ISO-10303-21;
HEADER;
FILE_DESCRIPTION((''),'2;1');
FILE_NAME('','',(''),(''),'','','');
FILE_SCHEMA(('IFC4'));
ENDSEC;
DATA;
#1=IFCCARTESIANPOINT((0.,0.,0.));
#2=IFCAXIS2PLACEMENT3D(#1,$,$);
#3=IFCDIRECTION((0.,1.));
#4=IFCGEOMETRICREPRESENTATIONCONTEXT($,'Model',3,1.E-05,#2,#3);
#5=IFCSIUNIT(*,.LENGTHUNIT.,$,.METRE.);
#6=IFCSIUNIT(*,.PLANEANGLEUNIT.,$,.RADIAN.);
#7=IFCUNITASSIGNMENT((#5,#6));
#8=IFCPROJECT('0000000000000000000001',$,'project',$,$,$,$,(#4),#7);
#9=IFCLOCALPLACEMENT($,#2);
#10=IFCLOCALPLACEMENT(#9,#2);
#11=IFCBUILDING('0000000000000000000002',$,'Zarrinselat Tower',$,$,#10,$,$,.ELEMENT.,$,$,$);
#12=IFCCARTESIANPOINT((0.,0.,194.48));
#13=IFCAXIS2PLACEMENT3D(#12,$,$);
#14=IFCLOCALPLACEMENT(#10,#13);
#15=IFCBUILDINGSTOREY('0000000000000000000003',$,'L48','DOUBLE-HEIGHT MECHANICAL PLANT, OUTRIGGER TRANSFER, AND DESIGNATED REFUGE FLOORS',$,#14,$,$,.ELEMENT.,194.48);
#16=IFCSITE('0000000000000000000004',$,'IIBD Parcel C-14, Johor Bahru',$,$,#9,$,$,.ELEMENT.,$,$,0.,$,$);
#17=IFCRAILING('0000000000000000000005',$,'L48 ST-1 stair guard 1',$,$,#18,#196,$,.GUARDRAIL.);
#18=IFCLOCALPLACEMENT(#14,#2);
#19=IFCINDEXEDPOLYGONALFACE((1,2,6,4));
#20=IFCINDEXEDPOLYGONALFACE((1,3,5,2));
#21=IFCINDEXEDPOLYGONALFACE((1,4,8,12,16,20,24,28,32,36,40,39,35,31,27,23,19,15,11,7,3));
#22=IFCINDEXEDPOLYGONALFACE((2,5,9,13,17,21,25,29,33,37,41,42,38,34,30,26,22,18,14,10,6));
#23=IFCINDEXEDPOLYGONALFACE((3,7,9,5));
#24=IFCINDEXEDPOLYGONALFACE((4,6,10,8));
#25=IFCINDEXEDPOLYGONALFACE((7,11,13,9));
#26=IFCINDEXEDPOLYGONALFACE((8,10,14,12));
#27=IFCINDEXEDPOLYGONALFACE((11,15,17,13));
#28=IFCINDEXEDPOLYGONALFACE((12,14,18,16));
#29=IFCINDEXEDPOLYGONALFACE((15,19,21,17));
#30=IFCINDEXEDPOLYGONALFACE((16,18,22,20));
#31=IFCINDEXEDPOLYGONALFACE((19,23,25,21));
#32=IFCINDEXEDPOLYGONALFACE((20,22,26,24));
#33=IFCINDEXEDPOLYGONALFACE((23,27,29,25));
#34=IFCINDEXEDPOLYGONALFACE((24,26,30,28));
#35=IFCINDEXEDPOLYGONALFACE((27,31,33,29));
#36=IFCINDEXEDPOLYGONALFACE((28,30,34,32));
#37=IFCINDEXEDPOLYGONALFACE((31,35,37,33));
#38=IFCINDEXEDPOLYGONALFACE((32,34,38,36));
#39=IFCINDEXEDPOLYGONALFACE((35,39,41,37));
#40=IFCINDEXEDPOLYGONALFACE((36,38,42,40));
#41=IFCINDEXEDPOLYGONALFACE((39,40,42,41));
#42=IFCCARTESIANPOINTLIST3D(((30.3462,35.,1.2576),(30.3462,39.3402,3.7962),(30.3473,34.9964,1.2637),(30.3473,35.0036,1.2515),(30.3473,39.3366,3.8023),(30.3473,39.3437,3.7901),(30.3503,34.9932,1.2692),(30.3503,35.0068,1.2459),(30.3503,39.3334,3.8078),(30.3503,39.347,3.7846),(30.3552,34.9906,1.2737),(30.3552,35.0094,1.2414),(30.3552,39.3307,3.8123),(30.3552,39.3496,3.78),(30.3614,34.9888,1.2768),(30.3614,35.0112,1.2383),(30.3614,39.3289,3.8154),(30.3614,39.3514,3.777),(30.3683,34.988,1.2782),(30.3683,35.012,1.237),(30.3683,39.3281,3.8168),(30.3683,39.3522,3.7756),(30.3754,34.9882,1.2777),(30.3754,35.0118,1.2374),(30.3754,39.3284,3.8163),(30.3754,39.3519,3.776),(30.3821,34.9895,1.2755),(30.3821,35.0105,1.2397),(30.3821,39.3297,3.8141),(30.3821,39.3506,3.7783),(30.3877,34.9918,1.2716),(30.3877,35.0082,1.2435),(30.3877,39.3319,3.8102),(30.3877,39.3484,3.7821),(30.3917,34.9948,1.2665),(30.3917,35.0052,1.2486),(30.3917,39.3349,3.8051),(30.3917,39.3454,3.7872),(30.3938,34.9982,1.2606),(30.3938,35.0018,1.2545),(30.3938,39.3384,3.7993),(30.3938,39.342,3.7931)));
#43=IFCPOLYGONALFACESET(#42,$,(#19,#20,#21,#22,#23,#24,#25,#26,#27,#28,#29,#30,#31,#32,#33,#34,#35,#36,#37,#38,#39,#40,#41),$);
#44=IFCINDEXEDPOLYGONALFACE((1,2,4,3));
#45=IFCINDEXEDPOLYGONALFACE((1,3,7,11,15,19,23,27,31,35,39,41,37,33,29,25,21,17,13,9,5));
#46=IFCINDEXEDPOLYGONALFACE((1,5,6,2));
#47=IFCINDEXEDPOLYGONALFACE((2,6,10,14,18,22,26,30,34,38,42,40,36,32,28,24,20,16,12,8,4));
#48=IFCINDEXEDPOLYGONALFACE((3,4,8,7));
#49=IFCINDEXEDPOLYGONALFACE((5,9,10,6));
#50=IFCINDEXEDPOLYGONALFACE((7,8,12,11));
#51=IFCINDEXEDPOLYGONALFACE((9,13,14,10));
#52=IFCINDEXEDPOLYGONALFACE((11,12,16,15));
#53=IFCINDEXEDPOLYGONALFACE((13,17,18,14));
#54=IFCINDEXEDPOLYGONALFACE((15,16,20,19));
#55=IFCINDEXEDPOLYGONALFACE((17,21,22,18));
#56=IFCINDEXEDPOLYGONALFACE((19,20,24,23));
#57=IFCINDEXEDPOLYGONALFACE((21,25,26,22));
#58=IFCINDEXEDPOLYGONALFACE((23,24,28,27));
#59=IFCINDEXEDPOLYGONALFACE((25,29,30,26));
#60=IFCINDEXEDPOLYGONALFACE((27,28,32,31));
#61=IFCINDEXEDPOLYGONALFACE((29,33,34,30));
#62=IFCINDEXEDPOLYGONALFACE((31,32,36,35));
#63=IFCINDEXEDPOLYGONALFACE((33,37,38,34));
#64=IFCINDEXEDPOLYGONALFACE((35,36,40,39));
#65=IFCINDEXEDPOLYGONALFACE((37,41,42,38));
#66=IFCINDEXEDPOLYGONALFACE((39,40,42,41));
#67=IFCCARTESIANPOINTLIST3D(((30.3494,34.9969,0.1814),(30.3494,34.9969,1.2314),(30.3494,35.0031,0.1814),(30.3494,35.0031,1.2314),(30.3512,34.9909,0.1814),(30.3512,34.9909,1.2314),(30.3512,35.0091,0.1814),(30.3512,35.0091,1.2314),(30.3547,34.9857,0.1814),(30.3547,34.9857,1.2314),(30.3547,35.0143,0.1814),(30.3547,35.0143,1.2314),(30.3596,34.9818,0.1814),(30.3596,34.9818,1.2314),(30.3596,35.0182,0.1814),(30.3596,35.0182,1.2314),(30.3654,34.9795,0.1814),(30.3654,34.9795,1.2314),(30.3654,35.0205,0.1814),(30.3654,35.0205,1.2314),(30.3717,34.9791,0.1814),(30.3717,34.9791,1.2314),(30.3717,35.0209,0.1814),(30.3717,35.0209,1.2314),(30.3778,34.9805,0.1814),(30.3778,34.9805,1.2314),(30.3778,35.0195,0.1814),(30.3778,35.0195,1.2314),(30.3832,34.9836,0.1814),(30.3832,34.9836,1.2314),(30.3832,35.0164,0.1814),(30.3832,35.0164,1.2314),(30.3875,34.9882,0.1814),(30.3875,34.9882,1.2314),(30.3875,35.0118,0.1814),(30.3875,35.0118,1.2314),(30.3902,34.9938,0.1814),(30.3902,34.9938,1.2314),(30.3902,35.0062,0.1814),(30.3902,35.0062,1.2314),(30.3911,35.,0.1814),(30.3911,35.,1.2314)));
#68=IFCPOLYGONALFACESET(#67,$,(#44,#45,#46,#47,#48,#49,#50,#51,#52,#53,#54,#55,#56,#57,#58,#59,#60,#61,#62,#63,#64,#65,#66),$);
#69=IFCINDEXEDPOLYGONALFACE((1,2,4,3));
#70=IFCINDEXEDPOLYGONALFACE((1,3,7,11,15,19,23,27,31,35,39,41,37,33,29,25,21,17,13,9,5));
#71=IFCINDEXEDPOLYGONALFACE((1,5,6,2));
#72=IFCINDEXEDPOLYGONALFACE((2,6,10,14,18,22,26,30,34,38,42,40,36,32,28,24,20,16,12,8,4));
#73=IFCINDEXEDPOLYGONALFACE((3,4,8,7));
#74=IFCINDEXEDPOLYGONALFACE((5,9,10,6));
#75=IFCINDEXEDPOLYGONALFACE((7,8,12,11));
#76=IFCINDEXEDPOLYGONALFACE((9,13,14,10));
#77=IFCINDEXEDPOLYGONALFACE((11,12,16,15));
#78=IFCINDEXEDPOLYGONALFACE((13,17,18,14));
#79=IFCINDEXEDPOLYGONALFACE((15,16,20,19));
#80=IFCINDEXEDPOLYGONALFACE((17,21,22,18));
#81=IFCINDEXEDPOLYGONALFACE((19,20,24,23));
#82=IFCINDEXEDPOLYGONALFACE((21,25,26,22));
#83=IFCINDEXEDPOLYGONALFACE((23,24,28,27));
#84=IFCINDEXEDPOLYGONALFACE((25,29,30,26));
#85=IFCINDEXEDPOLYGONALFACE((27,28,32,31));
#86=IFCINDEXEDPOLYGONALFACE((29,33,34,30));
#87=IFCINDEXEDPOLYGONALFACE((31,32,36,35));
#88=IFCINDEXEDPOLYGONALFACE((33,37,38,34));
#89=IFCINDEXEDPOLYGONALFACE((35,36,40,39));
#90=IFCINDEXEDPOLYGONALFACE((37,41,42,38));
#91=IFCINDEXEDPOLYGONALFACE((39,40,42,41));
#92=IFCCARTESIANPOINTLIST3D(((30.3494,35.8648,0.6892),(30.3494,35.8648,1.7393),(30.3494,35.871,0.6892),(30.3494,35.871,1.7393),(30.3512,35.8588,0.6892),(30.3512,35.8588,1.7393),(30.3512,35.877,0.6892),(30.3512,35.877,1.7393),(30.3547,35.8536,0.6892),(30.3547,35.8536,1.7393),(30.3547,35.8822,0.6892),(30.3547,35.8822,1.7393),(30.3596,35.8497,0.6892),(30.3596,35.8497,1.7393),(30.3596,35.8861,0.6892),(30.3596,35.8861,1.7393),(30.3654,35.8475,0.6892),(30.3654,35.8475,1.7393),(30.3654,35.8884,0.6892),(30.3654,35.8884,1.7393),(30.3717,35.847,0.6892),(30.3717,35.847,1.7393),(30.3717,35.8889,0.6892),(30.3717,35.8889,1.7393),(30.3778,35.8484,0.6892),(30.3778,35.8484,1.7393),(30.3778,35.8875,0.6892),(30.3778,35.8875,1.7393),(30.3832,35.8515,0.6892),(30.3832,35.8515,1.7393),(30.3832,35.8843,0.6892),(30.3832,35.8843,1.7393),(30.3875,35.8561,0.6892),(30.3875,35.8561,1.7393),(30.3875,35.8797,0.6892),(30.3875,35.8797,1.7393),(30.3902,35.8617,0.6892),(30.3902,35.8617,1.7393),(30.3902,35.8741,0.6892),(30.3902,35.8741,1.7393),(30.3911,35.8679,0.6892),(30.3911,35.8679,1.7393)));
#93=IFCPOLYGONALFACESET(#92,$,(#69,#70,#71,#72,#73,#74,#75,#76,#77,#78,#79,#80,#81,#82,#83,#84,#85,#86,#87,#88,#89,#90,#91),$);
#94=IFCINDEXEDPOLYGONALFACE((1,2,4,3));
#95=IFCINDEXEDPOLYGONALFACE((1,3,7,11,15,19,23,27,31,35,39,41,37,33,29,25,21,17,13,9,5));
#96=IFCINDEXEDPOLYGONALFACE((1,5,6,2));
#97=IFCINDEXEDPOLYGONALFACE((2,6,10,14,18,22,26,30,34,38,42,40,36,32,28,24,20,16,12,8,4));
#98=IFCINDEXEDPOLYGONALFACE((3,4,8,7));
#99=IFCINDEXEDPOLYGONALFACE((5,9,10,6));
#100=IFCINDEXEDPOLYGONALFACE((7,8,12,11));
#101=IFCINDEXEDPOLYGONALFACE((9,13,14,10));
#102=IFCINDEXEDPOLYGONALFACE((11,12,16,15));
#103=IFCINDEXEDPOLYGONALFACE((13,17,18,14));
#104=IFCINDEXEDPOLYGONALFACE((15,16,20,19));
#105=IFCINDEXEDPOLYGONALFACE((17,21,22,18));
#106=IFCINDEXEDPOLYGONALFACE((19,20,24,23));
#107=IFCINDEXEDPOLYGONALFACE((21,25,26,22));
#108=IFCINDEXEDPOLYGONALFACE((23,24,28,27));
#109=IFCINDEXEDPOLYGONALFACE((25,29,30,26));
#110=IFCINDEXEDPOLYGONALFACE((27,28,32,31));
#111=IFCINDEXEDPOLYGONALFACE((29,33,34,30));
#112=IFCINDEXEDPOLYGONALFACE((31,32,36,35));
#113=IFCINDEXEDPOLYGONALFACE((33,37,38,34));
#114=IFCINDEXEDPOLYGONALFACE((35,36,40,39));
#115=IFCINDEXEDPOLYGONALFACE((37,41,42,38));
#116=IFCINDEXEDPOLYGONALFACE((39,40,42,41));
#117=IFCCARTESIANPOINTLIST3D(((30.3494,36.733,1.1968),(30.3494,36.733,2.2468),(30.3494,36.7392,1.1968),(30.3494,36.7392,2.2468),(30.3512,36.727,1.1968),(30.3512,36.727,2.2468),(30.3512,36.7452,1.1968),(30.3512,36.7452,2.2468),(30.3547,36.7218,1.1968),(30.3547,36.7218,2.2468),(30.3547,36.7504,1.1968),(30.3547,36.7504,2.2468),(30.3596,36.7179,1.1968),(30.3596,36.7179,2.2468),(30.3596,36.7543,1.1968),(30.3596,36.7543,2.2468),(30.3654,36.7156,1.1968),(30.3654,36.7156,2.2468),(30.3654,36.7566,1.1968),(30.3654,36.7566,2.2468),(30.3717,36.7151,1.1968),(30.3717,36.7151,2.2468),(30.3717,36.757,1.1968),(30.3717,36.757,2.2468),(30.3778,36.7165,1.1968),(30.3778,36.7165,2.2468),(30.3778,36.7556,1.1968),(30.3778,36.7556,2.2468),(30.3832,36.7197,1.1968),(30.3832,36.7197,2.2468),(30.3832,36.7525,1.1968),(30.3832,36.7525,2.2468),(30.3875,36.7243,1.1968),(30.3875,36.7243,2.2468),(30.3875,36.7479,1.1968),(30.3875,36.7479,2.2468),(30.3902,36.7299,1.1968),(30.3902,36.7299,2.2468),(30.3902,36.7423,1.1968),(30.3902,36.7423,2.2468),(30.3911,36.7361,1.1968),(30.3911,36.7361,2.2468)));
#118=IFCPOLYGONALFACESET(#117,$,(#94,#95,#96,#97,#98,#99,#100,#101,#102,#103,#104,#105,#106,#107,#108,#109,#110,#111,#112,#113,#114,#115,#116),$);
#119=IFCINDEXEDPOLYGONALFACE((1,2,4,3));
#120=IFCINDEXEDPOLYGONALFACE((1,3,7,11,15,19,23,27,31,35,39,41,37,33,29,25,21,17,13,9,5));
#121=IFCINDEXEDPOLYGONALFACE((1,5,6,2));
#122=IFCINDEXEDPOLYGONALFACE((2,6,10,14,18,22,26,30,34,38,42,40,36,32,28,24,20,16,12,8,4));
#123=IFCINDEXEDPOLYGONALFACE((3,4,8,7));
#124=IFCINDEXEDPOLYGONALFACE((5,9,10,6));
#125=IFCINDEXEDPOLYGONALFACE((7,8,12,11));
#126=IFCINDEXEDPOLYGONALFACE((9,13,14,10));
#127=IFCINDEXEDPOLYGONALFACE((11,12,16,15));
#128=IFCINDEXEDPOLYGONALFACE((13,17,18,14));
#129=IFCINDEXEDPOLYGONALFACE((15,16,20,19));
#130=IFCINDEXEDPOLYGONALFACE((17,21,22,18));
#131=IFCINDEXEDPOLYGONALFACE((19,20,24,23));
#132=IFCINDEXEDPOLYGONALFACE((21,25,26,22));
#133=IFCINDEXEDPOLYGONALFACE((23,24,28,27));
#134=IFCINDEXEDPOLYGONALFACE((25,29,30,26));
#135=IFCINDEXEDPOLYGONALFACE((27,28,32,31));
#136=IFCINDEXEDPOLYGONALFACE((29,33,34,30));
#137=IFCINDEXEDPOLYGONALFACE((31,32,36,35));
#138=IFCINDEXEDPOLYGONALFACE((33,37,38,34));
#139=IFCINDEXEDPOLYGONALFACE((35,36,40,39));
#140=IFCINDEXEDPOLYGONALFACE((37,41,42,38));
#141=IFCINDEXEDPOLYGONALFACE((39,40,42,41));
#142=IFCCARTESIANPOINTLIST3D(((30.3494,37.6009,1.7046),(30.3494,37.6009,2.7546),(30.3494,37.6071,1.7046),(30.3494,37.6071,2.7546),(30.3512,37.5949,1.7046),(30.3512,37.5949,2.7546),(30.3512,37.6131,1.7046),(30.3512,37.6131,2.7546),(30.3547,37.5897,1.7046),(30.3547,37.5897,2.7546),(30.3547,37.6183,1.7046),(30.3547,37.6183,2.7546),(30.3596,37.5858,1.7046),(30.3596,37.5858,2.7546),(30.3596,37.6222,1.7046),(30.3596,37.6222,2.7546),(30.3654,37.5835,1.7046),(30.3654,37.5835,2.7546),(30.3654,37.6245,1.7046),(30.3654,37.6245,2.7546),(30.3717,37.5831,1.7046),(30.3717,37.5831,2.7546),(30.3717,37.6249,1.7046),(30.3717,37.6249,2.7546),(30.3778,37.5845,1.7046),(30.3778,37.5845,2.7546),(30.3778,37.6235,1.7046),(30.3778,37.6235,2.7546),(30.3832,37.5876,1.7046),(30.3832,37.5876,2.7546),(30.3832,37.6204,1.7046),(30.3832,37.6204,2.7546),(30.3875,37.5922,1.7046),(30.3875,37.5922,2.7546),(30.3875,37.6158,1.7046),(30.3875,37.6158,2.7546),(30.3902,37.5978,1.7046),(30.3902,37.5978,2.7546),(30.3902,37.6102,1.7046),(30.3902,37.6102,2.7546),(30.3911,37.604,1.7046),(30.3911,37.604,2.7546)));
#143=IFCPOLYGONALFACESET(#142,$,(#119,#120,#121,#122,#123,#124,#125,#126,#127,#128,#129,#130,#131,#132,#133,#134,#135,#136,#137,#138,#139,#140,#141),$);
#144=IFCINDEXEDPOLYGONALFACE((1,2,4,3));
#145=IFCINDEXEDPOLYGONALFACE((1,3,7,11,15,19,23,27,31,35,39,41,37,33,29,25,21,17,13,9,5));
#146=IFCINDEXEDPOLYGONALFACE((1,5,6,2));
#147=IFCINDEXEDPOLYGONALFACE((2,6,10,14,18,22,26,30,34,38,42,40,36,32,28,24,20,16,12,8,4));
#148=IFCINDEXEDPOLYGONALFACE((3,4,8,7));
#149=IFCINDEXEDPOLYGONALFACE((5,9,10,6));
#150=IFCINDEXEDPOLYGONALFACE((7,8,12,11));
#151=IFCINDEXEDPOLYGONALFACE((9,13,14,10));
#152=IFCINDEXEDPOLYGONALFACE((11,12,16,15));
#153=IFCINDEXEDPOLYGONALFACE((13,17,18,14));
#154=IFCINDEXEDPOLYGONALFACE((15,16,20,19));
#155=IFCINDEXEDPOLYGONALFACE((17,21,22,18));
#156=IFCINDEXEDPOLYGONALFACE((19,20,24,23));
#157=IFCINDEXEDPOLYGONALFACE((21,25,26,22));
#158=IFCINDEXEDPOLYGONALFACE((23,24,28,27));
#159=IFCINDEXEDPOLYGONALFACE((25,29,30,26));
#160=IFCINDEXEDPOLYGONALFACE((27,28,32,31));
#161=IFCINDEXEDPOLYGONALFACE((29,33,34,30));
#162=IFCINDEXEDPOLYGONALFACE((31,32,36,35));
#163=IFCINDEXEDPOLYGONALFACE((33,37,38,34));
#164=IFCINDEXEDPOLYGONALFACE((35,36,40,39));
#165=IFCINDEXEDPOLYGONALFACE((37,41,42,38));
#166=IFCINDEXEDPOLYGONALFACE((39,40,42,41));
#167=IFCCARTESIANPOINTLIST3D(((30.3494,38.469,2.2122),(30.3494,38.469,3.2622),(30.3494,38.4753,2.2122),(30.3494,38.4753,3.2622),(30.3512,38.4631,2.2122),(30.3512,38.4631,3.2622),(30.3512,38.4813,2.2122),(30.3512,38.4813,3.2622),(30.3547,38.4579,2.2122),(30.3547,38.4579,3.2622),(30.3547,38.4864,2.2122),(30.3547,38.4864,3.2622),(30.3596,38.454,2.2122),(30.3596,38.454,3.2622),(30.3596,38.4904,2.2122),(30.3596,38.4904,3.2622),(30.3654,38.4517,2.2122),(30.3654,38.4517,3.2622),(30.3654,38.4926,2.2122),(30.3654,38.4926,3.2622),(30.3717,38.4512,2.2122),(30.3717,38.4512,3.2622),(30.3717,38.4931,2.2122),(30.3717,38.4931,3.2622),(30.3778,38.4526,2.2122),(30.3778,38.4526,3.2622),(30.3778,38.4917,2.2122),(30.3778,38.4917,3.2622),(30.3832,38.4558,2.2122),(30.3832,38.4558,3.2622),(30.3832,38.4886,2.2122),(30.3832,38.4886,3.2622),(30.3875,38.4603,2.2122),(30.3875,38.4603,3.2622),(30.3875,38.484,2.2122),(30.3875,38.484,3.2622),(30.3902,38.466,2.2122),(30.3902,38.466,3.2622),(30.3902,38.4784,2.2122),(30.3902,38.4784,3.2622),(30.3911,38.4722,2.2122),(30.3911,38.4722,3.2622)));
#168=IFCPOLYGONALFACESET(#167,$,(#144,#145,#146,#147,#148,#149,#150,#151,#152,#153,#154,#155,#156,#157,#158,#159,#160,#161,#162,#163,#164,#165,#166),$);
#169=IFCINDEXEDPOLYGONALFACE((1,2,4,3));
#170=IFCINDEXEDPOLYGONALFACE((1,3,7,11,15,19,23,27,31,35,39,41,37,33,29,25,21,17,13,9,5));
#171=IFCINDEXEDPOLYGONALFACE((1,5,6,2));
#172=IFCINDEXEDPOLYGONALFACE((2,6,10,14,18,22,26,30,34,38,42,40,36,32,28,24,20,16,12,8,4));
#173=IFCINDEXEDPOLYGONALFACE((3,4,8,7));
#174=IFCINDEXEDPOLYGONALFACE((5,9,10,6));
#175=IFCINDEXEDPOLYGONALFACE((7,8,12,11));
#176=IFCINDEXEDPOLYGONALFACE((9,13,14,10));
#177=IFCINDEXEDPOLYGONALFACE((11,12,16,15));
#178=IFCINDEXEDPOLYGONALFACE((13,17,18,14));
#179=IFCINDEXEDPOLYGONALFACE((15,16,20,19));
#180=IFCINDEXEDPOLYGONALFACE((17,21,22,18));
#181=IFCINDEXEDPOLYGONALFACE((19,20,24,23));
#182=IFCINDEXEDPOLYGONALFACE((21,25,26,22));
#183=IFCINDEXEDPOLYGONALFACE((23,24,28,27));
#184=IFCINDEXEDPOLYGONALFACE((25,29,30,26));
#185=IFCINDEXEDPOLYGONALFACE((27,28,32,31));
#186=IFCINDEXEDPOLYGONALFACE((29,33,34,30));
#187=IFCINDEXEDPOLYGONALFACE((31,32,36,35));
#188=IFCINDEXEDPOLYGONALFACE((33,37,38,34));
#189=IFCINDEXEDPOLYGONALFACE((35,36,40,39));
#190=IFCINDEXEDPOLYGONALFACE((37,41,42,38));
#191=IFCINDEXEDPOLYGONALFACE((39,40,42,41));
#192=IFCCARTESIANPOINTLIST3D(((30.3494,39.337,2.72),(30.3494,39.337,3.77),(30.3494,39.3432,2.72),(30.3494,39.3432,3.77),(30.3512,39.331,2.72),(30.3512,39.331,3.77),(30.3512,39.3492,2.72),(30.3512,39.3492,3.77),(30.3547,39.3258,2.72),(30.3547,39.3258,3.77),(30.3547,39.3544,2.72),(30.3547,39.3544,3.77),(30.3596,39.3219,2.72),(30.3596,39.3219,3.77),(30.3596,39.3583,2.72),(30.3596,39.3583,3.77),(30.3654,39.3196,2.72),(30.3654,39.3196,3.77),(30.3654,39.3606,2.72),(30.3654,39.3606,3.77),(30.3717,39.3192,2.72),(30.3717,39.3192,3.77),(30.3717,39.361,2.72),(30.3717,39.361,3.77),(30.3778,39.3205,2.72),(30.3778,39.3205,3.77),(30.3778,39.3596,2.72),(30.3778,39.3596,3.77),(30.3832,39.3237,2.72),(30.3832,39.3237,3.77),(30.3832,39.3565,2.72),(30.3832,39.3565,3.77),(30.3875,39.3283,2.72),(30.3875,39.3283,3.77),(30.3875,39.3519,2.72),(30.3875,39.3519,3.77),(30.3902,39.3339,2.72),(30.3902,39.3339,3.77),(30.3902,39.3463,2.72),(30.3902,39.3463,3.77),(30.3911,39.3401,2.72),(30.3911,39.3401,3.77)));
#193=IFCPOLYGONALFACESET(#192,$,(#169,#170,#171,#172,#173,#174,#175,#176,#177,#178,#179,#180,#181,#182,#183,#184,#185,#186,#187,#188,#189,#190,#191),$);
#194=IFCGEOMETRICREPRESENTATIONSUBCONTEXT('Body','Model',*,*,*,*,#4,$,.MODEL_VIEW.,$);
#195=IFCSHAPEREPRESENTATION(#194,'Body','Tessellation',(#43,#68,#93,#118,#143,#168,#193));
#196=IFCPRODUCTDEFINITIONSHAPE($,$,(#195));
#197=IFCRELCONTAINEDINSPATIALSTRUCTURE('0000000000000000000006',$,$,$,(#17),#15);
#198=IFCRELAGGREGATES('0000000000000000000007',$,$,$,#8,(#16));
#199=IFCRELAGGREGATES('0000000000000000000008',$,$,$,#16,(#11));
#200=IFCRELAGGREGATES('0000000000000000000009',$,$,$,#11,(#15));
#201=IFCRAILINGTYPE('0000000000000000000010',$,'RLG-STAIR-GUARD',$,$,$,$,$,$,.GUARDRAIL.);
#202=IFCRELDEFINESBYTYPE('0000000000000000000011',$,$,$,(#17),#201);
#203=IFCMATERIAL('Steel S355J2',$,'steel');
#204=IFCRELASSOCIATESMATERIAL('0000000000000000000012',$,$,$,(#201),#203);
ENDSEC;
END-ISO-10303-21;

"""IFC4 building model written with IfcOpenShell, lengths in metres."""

from ifc_helpers import new_model, si_unit, direction, frame, origin, origin_2d, place, context, subcontext, project, spatial, circle, extrude, material, type_object, element, save


model = new_model("IFC4")

# Units and contexts
model_context = context("Model", 3, precision=1e-05, world=origin(), true_north=direction((0.0, 1.0)))
body_context = subcontext(model_context, "Body", "Model", "MODEL_VIEW")
ifc_project = project(units=[si_unit("LENGTHUNIT", "METRE"), si_unit("PLANEANGLEUNIT", "RADIAN")], contexts=[model_context])

# Site, building, storey
site_placement = place(None, origin())
site = spatial("IfcSite", under=ifc_project, at=site_placement, Name="IIBD Parcel C-14, Johor Bahru", CompositionType="ELEMENT", RefElevation=0.0)
building_placement = place(site_placement, origin())
building = spatial("IfcBuilding", under=site, at=building_placement, Name="Zarrinselat Tower", CompositionType="ELEMENT")
storey_placement = place(building_placement, frame((0.0, 0.0, 194.48)))
storey = spatial("IfcBuildingStorey", under=building, at=storey_placement, Name="L48", Description="DOUBLE-HEIGHT MECHANICAL PLANT, OUTRIGGER TRANSFER, AND DESIGNATED REFUGE FLOORS", CompositionType="ELEMENT", Elevation=194.48)

# Railing
ifc_material_1 = material(Name="Steel S355J2", Category="steel")
railing_type_1 = type_object("IfcRailingType", Name="RLG-STAIR-GUARD", PredefinedType="GUARDRAIL", material=ifc_material_1)
railing_1_placement = place(storey_placement, frame((30.3701, 35.0, 0.1814)))
element("IfcRailing", 1, at=railing_1_placement, inside=storey, type_object=railing_type_1, Name="L48 ST-1 stair guard 1", PredefinedType="GUARDRAIL", context=body_context, shape_type="SweptSolid", body=[
    extrude(circle(Radius=0.0239, at=origin_2d()), frame((0.0, 0.0, 1.0762), z_axis=(0.0, 0.863185, 0.504888), x_axis=(-1.0, 0.0, 0.0)), (0.0, 0.0, 1.0), 5.0281),
    extrude(circle(Radius=0.021, at=origin_2d()), origin(), (0.0, 0.0, 1.0), 1.05),
    extrude(circle(Radius=0.021, at=origin_2d()), frame((0.0, 0.8679, 0.5078)), (0.0, 0.0, 1.0), 1.05),
    extrude(circle(Radius=0.021, at=origin_2d()), frame((0.0, 1.7361, 1.0154)), (0.0, 0.0, 1.0), 1.05),
    extrude(circle(Radius=0.021, at=origin_2d()), frame((0.0, 2.604, 1.5232)), (0.0, 0.0, 1.0), 1.05),
    extrude(circle(Radius=0.021, at=origin_2d()), frame((0.0, 3.4722, 2.0308)), (0.0, 0.0, 1.0), 1.05),
    extrude(circle(Radius=0.021, at=origin_2d()), frame((0.0, 4.3401, 2.5386)), (0.0, 0.0, 1.0), 1.05),
])

save(model, "model.ifc")
